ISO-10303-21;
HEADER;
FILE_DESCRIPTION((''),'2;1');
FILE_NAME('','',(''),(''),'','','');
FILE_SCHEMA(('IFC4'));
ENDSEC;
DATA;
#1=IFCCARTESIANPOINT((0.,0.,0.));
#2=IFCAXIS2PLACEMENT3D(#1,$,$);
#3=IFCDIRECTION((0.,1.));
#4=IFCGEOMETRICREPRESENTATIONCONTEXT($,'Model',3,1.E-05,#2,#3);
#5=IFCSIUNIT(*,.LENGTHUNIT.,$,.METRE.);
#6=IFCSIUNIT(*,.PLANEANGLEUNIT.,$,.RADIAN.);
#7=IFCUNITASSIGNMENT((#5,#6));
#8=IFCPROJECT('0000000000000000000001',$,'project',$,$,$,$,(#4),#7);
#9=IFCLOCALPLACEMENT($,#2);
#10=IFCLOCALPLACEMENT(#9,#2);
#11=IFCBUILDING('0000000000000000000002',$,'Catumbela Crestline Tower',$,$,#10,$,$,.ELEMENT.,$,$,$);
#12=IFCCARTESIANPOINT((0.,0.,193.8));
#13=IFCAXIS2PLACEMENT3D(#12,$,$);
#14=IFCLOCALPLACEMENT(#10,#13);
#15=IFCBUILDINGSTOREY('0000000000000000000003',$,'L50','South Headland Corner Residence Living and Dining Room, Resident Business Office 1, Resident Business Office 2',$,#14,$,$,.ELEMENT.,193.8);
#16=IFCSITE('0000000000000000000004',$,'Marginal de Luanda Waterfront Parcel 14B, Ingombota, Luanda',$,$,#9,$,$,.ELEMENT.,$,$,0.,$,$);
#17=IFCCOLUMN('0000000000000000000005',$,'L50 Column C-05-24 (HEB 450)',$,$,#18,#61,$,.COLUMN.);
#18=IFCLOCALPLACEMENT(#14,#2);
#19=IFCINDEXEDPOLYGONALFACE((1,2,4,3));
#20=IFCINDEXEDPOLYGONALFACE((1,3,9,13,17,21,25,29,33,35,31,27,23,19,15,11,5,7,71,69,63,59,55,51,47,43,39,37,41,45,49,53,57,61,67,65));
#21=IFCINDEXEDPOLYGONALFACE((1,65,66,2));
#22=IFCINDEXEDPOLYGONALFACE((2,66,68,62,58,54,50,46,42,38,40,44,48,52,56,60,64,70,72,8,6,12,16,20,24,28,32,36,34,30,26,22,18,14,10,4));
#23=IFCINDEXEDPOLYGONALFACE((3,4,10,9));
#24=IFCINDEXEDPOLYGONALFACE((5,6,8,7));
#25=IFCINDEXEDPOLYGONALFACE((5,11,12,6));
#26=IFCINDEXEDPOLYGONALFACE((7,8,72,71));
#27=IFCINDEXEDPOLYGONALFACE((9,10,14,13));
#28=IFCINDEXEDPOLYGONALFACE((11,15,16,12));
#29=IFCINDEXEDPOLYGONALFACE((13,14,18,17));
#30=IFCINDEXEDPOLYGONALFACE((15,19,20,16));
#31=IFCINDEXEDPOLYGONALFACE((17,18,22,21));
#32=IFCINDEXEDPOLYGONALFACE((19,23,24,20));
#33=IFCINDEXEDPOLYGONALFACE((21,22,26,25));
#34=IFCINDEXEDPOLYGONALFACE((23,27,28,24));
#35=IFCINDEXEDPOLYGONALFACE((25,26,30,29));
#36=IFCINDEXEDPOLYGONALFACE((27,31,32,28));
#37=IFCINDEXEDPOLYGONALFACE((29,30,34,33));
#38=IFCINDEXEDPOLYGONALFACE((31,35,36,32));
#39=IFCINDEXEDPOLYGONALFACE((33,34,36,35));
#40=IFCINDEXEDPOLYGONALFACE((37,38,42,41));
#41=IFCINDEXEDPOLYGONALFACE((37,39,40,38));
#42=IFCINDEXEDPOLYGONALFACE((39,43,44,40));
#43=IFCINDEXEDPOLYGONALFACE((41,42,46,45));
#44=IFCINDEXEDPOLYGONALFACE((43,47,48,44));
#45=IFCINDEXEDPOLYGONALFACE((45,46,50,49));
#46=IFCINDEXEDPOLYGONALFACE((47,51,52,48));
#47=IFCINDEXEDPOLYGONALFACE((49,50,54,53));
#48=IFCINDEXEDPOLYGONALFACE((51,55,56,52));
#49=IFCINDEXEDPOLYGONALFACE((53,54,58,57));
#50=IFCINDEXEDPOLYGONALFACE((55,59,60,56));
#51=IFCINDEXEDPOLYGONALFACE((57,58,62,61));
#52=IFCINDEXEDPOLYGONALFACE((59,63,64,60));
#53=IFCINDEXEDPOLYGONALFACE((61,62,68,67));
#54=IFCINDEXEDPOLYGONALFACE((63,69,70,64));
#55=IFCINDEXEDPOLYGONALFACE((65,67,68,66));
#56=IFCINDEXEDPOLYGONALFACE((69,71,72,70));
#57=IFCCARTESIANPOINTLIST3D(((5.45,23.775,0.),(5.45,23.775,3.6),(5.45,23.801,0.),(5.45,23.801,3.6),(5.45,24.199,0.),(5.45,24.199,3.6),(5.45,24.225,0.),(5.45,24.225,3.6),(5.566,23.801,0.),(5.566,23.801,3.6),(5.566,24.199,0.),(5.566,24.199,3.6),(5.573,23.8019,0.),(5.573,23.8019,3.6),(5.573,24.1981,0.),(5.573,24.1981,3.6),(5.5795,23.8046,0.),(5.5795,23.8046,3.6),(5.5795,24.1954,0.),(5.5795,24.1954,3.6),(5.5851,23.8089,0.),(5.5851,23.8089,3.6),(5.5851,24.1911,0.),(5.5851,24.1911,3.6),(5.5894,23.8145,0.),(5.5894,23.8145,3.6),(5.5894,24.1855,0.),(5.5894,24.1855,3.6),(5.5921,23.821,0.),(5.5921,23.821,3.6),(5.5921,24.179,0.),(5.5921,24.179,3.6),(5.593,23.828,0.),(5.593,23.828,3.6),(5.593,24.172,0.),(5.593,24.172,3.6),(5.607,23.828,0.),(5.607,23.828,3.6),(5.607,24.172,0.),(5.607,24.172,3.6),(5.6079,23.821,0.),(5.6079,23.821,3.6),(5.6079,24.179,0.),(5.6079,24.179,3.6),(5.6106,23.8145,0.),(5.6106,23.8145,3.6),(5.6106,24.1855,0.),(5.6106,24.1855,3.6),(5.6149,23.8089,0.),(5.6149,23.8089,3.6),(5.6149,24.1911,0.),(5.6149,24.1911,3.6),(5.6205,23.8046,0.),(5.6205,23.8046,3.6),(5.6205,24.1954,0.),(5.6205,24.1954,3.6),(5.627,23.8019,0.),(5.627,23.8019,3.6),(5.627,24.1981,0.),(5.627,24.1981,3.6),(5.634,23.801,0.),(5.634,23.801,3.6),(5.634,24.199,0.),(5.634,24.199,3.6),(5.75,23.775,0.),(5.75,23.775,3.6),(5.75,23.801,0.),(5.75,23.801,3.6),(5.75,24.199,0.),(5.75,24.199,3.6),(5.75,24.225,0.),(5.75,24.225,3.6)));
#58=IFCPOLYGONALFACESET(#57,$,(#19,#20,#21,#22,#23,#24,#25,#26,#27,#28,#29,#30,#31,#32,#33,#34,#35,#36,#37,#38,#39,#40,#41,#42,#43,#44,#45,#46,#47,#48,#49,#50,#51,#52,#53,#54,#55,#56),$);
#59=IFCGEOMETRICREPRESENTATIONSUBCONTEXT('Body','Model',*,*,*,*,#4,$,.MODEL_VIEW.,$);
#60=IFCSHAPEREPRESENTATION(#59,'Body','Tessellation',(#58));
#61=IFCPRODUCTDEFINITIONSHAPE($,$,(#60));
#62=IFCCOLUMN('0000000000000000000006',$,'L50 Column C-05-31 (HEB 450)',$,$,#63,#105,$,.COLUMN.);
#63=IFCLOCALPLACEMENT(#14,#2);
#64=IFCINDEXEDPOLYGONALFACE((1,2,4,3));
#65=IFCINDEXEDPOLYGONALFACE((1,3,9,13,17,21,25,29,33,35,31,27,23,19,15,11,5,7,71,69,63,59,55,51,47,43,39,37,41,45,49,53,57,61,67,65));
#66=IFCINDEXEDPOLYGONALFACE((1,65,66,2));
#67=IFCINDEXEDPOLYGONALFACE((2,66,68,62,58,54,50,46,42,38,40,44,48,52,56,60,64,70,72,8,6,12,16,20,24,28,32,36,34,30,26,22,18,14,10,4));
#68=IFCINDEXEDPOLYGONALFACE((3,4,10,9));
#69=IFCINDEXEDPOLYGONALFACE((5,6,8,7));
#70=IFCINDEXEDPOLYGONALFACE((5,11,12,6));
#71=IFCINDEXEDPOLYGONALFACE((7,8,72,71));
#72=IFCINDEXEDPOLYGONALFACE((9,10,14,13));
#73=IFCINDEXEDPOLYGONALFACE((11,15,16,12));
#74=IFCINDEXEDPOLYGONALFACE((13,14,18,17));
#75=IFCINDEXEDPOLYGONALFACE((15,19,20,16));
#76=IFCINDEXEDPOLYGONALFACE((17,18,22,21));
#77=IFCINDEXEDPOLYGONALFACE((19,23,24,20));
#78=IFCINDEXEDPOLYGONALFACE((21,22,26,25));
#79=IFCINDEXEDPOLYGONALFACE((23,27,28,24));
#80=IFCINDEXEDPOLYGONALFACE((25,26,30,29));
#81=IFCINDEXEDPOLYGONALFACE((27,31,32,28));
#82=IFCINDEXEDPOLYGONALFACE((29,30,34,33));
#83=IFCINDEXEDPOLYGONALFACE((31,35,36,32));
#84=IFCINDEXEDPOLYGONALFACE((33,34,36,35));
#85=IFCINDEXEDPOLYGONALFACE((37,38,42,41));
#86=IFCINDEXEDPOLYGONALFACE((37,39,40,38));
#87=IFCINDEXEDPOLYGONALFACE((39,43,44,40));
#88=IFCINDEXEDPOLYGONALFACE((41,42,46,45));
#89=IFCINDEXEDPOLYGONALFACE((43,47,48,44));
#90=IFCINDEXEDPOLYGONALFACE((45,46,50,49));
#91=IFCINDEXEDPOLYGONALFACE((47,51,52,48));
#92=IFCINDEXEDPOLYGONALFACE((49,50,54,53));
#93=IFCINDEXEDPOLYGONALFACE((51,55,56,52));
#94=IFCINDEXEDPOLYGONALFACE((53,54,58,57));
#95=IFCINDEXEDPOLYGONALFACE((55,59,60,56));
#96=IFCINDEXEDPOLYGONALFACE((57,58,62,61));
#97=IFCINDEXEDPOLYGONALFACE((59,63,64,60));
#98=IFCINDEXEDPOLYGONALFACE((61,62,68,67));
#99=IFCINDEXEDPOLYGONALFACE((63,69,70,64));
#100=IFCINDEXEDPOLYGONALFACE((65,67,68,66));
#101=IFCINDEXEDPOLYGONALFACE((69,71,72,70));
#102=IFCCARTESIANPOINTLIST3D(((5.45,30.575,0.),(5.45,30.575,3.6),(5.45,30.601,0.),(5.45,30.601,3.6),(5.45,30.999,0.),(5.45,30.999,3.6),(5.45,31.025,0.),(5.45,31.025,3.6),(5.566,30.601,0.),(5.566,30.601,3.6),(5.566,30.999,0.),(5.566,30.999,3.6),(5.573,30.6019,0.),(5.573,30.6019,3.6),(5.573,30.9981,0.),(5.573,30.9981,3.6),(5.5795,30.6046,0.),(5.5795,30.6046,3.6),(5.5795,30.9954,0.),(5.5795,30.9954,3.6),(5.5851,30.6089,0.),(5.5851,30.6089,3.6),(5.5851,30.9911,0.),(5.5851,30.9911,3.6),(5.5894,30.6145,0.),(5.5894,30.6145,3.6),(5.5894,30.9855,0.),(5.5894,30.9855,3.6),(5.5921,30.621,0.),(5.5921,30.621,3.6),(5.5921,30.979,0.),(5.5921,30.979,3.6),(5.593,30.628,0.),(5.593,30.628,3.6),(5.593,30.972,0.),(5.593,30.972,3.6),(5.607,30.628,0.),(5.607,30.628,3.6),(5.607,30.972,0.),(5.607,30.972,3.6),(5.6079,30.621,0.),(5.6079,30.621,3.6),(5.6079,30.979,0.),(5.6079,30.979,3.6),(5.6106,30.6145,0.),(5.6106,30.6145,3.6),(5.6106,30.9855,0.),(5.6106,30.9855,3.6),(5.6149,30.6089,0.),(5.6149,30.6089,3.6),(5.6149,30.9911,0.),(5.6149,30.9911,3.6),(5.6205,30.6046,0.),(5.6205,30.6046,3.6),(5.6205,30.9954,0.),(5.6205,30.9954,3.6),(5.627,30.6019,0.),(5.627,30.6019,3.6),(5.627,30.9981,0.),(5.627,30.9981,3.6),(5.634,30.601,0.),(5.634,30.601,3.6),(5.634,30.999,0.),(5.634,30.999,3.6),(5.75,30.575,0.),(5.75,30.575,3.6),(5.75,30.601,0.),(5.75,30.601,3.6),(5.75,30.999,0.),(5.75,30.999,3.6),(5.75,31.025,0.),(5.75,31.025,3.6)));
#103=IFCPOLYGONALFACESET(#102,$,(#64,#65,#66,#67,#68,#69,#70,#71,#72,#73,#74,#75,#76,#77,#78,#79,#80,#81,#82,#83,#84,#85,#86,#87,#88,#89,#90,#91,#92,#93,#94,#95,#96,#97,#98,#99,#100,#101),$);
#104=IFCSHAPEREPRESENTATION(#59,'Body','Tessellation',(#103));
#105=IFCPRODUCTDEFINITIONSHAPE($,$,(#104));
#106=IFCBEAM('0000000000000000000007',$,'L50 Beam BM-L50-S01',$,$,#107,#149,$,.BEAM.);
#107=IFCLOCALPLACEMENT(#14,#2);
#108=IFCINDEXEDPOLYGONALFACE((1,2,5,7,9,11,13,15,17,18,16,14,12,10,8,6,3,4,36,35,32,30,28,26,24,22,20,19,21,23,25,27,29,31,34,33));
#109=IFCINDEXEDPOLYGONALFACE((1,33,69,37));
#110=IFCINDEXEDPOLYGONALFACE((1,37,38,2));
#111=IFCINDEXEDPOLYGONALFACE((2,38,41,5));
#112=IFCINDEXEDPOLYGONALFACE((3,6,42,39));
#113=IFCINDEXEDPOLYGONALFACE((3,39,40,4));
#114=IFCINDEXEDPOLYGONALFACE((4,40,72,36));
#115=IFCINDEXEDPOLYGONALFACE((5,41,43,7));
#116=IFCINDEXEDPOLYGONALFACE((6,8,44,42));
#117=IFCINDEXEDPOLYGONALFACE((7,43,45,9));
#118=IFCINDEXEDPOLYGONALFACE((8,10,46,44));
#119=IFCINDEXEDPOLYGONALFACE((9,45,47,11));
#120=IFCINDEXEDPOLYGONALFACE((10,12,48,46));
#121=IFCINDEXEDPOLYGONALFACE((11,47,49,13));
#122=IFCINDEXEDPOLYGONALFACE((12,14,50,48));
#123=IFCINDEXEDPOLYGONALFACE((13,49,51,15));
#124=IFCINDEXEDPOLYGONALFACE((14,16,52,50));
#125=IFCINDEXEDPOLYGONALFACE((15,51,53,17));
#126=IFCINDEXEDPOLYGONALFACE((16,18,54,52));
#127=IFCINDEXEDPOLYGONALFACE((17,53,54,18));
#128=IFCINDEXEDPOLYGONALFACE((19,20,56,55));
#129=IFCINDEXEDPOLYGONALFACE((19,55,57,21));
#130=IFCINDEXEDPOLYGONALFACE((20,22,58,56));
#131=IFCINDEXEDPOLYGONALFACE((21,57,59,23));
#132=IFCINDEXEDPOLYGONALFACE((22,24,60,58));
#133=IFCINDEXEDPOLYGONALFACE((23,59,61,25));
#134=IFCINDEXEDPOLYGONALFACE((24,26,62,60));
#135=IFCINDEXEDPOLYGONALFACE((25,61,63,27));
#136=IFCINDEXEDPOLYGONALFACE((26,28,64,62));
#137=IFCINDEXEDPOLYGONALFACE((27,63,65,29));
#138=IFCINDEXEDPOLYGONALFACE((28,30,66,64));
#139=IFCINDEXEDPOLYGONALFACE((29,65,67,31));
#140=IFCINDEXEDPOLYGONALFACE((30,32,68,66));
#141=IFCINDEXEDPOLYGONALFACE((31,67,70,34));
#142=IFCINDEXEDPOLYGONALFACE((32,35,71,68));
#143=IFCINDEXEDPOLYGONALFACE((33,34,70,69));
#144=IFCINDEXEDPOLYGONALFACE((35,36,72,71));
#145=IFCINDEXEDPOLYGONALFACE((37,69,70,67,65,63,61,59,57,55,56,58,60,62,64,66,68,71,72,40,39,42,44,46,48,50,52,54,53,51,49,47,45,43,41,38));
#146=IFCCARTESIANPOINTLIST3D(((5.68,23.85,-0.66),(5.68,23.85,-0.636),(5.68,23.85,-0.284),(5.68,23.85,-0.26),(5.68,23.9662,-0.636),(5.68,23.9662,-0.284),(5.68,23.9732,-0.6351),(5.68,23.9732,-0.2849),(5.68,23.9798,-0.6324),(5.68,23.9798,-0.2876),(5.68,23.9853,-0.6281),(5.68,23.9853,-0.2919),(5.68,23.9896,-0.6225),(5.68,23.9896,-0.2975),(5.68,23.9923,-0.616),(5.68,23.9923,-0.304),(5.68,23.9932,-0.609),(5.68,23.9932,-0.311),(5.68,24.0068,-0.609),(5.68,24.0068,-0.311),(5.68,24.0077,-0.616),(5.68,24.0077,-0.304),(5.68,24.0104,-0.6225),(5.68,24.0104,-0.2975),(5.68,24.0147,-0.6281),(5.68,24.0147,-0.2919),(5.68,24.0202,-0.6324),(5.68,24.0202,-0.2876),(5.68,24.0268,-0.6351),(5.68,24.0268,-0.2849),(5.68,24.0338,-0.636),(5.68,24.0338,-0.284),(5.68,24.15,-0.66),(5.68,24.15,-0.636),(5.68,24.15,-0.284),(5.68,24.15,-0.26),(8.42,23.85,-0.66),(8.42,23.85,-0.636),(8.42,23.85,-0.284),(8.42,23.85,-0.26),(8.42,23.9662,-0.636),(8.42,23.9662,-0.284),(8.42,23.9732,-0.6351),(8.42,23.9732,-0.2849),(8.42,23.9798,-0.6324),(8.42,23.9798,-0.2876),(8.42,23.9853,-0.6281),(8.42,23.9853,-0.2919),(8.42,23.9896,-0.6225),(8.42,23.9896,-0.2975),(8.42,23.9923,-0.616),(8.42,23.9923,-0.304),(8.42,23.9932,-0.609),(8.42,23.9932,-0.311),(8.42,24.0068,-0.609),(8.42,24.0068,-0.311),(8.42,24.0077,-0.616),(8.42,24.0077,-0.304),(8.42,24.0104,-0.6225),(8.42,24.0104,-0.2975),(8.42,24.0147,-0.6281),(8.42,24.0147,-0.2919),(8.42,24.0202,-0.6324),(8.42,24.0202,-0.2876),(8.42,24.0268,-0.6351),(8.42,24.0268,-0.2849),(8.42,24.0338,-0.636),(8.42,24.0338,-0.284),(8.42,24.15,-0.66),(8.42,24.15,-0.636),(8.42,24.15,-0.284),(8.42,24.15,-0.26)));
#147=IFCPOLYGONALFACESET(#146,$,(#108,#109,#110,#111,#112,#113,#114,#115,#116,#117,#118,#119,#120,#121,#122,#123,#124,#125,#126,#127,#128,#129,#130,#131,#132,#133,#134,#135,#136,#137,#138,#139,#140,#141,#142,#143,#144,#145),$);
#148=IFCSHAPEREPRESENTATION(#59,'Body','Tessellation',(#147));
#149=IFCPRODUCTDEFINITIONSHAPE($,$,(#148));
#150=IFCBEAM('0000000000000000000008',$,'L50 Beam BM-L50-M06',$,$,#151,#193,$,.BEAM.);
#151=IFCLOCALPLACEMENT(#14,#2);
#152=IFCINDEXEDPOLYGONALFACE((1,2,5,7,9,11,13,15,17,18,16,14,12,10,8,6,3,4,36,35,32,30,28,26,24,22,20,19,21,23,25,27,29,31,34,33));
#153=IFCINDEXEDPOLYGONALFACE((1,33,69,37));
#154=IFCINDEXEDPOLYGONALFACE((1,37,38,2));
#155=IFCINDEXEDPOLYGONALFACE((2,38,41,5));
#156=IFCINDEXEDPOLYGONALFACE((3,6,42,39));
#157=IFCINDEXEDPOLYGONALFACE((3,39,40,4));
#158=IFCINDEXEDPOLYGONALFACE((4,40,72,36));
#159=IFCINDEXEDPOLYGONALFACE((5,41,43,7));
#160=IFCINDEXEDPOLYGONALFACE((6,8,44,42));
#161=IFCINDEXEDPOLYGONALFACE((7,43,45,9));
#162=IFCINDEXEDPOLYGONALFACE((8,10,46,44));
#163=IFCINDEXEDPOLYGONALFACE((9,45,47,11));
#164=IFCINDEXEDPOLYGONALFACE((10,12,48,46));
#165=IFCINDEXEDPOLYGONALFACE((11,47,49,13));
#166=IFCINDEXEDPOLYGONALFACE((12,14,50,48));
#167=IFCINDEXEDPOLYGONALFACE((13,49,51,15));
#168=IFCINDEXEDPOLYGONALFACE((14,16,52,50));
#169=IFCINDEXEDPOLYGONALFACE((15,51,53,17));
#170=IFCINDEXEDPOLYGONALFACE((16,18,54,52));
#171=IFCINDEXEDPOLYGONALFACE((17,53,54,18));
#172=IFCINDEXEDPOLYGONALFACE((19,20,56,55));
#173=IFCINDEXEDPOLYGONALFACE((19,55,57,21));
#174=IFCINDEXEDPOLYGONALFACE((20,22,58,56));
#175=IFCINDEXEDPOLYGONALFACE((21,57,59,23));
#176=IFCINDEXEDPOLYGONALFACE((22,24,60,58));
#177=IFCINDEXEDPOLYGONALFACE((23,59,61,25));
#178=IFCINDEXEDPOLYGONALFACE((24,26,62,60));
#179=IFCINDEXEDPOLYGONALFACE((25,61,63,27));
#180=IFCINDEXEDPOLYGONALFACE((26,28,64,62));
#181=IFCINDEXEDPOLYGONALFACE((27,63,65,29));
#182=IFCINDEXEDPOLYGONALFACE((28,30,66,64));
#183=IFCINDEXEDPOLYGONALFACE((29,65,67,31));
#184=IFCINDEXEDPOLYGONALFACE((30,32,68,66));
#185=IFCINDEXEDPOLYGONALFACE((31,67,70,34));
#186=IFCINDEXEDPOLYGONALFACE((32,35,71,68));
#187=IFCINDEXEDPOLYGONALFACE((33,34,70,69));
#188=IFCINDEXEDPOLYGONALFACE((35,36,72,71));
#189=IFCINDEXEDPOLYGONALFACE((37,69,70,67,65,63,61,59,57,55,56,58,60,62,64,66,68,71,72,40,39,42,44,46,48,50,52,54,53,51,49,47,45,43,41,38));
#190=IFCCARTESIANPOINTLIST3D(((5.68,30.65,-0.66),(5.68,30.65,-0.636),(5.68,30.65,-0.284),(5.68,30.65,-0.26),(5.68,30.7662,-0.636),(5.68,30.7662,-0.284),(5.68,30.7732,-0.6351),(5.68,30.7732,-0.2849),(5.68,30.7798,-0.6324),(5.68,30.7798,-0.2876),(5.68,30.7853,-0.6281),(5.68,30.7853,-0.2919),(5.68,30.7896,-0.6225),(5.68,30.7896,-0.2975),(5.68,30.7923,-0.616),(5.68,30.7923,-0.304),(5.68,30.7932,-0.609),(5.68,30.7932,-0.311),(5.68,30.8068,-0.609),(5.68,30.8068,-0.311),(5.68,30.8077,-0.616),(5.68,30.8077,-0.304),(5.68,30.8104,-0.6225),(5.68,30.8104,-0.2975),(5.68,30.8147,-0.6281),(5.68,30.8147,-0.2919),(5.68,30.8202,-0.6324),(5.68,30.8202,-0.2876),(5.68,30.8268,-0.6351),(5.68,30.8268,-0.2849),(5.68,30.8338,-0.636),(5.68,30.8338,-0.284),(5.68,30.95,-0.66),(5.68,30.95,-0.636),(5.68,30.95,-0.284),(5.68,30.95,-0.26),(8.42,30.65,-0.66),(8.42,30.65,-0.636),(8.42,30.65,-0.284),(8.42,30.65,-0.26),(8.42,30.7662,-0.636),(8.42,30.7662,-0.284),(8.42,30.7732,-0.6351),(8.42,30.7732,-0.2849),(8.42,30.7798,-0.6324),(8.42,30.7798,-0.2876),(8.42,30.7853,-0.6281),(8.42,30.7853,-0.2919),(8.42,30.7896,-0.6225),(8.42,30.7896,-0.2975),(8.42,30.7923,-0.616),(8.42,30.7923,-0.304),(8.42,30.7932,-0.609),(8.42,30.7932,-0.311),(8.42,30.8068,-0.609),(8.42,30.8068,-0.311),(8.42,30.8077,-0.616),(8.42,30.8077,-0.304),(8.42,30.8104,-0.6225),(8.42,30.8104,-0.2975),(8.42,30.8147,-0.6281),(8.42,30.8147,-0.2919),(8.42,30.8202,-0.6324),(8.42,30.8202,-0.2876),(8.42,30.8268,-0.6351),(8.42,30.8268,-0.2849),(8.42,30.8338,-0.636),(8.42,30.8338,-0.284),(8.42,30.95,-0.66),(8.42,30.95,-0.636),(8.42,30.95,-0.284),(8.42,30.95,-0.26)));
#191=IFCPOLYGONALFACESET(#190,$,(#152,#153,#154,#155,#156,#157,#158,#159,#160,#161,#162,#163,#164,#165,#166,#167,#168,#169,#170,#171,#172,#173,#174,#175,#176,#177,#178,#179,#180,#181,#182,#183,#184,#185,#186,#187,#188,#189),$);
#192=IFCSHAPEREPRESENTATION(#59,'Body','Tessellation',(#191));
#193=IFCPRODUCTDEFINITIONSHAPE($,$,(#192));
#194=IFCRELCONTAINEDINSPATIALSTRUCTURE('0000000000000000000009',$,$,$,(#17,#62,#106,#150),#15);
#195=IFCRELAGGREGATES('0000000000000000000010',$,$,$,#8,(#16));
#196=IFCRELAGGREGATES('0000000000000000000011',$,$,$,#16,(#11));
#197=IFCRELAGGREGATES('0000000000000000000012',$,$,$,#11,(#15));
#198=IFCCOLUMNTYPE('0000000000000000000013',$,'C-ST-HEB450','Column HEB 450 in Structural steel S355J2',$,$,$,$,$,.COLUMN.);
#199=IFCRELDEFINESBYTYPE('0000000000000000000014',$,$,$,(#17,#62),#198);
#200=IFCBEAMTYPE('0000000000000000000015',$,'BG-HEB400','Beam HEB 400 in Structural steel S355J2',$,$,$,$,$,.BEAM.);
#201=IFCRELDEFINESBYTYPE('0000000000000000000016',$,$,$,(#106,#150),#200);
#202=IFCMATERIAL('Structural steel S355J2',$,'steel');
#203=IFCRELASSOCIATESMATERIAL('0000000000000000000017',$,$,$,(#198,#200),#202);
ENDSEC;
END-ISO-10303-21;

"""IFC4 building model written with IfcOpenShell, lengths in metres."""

from ifc_helpers import new_model, si_unit, direction, frame, origin, origin_2d, place, context, subcontext, project, spatial, i_section, extrude, material, material_profile, profile_set, type_object, element, save


model = new_model("IFC4")

# Units and contexts
model_context = context("Model", 3, precision=1e-05, world=origin(), true_north=direction((0.0, 1.0)))
body_context = subcontext(model_context, "Body", "Model", "MODEL_VIEW")
ifc_project = project(units=[si_unit("LENGTHUNIT", "METRE"), si_unit("PLANEANGLEUNIT", "RADIAN")], contexts=[model_context])

# Site, building, storey
site_placement = place(None, origin())
site = spatial("IfcSite", under=ifc_project, at=site_placement, Name="Marginal de Luanda Waterfront Parcel 14B, Ingombota, Luanda", CompositionType="ELEMENT", RefElevation=0.0)
building_placement = place(site_placement, origin())
building = spatial("IfcBuilding", under=site, at=building_placement, Name="Catumbela Crestline Tower", CompositionType="ELEMENT")
storey_placement = place(building_placement, frame((0.0, 0.0, 193.8)))
storey = spatial("IfcBuildingStorey", under=building, at=storey_placement, Name="L50", Description="South Headland Corner Residence Living and Dining Room, Resident Business Office 1, Resident Business Office 2", CompositionType="ELEMENT", Elevation=193.8)

# Columns
ifc_material_1 = material(Name="Structural steel S355J2", Category="steel")
ifc_material_profile_1 = material_profile(ifc_material_1, i_section(OverallWidth=0.3, OverallDepth=0.45, WebThickness=0.014, FlangeThickness=0.026, FilletRadius=0.027, at=origin_2d()), Name="HEB 450")
ifc_profile_set_1 = profile_set([ifc_material_profile_1], Name="Structural steel S355J2")
column_type = type_object("IfcColumnType", Name="C-ST-HEB450", Description="Column HEB 450 in Structural steel S355J2", PredefinedType="COLUMN", material=ifc_profile_set_1)
for number, where, z_axis, x_axis, name in (
    (1, (5.6, 24.0, 0.0), (0.0, 0.0, 1.0), (1.0, 0.0, 0.0), "L50 Column C-05-24 (HEB 450)"),
    (2, (5.6, 30.8, 0.0), (0.0, 0.0, 1.0), (1.0, 0.0, 0.0), "L50 Column C-05-31 (HEB 450)"),
):
    element("IfcColumn", number, at=place(storey_placement, frame(where, z_axis=z_axis, x_axis=x_axis)), inside=storey, type_object=column_type, Name=name, PredefinedType="COLUMN", context=body_context, shape_type="SweptSolid", body=[
        extrude(i_section(OverallWidth=0.3, OverallDepth=0.45, WebThickness=0.014, FlangeThickness=0.026, FilletRadius=0.027, at=origin_2d()), origin(), (0.0, 0.0, 1.0), 3.6),
    ])

# Beams
ifc_material_profile_2 = material_profile(ifc_material_1, i_section(OverallWidth=0.3, OverallDepth=0.4, WebThickness=0.0135, FlangeThickness=0.024, FilletRadius=0.027, at=origin_2d()), Name="HEB 400")
ifc_profile_set_2 = profile_set([ifc_material_profile_2], Name="Structural steel S355J2")
beam_type_1 = type_object("IfcBeamType", Name="BG-HEB400", Description="Beam HEB 400 in Structural steel S355J2", PredefinedType="BEAM", material=ifc_profile_set_2)
for number, where, z_axis, x_axis, name in (
    (3, (5.68, 24.0, -0.46), (1.0, 0.0, 0.0), (0.0, 1.0, 0.0), "L50 Beam BM-L50-S01"),
    (4, (5.68, 30.8, -0.46), (1.0, 0.0, 0.0), (0.0, 1.0, 0.0), "L50 Beam BM-L50-M06"),
):
    element("IfcBeam", number, at=place(storey_placement, frame(where, z_axis=z_axis, x_axis=x_axis)), inside=storey, type_object=beam_type_1, Name=name, PredefinedType="BEAM", context=body_context, shape_type="SweptSolid", body=[
        extrude(i_section(OverallWidth=0.3, OverallDepth=0.4, WebThickness=0.0135, FlangeThickness=0.024, FilletRadius=0.027, at=origin_2d()), origin(), (0.0, 0.0, 1.0), 2.74),
    ])

save(model, "model.ifc")
